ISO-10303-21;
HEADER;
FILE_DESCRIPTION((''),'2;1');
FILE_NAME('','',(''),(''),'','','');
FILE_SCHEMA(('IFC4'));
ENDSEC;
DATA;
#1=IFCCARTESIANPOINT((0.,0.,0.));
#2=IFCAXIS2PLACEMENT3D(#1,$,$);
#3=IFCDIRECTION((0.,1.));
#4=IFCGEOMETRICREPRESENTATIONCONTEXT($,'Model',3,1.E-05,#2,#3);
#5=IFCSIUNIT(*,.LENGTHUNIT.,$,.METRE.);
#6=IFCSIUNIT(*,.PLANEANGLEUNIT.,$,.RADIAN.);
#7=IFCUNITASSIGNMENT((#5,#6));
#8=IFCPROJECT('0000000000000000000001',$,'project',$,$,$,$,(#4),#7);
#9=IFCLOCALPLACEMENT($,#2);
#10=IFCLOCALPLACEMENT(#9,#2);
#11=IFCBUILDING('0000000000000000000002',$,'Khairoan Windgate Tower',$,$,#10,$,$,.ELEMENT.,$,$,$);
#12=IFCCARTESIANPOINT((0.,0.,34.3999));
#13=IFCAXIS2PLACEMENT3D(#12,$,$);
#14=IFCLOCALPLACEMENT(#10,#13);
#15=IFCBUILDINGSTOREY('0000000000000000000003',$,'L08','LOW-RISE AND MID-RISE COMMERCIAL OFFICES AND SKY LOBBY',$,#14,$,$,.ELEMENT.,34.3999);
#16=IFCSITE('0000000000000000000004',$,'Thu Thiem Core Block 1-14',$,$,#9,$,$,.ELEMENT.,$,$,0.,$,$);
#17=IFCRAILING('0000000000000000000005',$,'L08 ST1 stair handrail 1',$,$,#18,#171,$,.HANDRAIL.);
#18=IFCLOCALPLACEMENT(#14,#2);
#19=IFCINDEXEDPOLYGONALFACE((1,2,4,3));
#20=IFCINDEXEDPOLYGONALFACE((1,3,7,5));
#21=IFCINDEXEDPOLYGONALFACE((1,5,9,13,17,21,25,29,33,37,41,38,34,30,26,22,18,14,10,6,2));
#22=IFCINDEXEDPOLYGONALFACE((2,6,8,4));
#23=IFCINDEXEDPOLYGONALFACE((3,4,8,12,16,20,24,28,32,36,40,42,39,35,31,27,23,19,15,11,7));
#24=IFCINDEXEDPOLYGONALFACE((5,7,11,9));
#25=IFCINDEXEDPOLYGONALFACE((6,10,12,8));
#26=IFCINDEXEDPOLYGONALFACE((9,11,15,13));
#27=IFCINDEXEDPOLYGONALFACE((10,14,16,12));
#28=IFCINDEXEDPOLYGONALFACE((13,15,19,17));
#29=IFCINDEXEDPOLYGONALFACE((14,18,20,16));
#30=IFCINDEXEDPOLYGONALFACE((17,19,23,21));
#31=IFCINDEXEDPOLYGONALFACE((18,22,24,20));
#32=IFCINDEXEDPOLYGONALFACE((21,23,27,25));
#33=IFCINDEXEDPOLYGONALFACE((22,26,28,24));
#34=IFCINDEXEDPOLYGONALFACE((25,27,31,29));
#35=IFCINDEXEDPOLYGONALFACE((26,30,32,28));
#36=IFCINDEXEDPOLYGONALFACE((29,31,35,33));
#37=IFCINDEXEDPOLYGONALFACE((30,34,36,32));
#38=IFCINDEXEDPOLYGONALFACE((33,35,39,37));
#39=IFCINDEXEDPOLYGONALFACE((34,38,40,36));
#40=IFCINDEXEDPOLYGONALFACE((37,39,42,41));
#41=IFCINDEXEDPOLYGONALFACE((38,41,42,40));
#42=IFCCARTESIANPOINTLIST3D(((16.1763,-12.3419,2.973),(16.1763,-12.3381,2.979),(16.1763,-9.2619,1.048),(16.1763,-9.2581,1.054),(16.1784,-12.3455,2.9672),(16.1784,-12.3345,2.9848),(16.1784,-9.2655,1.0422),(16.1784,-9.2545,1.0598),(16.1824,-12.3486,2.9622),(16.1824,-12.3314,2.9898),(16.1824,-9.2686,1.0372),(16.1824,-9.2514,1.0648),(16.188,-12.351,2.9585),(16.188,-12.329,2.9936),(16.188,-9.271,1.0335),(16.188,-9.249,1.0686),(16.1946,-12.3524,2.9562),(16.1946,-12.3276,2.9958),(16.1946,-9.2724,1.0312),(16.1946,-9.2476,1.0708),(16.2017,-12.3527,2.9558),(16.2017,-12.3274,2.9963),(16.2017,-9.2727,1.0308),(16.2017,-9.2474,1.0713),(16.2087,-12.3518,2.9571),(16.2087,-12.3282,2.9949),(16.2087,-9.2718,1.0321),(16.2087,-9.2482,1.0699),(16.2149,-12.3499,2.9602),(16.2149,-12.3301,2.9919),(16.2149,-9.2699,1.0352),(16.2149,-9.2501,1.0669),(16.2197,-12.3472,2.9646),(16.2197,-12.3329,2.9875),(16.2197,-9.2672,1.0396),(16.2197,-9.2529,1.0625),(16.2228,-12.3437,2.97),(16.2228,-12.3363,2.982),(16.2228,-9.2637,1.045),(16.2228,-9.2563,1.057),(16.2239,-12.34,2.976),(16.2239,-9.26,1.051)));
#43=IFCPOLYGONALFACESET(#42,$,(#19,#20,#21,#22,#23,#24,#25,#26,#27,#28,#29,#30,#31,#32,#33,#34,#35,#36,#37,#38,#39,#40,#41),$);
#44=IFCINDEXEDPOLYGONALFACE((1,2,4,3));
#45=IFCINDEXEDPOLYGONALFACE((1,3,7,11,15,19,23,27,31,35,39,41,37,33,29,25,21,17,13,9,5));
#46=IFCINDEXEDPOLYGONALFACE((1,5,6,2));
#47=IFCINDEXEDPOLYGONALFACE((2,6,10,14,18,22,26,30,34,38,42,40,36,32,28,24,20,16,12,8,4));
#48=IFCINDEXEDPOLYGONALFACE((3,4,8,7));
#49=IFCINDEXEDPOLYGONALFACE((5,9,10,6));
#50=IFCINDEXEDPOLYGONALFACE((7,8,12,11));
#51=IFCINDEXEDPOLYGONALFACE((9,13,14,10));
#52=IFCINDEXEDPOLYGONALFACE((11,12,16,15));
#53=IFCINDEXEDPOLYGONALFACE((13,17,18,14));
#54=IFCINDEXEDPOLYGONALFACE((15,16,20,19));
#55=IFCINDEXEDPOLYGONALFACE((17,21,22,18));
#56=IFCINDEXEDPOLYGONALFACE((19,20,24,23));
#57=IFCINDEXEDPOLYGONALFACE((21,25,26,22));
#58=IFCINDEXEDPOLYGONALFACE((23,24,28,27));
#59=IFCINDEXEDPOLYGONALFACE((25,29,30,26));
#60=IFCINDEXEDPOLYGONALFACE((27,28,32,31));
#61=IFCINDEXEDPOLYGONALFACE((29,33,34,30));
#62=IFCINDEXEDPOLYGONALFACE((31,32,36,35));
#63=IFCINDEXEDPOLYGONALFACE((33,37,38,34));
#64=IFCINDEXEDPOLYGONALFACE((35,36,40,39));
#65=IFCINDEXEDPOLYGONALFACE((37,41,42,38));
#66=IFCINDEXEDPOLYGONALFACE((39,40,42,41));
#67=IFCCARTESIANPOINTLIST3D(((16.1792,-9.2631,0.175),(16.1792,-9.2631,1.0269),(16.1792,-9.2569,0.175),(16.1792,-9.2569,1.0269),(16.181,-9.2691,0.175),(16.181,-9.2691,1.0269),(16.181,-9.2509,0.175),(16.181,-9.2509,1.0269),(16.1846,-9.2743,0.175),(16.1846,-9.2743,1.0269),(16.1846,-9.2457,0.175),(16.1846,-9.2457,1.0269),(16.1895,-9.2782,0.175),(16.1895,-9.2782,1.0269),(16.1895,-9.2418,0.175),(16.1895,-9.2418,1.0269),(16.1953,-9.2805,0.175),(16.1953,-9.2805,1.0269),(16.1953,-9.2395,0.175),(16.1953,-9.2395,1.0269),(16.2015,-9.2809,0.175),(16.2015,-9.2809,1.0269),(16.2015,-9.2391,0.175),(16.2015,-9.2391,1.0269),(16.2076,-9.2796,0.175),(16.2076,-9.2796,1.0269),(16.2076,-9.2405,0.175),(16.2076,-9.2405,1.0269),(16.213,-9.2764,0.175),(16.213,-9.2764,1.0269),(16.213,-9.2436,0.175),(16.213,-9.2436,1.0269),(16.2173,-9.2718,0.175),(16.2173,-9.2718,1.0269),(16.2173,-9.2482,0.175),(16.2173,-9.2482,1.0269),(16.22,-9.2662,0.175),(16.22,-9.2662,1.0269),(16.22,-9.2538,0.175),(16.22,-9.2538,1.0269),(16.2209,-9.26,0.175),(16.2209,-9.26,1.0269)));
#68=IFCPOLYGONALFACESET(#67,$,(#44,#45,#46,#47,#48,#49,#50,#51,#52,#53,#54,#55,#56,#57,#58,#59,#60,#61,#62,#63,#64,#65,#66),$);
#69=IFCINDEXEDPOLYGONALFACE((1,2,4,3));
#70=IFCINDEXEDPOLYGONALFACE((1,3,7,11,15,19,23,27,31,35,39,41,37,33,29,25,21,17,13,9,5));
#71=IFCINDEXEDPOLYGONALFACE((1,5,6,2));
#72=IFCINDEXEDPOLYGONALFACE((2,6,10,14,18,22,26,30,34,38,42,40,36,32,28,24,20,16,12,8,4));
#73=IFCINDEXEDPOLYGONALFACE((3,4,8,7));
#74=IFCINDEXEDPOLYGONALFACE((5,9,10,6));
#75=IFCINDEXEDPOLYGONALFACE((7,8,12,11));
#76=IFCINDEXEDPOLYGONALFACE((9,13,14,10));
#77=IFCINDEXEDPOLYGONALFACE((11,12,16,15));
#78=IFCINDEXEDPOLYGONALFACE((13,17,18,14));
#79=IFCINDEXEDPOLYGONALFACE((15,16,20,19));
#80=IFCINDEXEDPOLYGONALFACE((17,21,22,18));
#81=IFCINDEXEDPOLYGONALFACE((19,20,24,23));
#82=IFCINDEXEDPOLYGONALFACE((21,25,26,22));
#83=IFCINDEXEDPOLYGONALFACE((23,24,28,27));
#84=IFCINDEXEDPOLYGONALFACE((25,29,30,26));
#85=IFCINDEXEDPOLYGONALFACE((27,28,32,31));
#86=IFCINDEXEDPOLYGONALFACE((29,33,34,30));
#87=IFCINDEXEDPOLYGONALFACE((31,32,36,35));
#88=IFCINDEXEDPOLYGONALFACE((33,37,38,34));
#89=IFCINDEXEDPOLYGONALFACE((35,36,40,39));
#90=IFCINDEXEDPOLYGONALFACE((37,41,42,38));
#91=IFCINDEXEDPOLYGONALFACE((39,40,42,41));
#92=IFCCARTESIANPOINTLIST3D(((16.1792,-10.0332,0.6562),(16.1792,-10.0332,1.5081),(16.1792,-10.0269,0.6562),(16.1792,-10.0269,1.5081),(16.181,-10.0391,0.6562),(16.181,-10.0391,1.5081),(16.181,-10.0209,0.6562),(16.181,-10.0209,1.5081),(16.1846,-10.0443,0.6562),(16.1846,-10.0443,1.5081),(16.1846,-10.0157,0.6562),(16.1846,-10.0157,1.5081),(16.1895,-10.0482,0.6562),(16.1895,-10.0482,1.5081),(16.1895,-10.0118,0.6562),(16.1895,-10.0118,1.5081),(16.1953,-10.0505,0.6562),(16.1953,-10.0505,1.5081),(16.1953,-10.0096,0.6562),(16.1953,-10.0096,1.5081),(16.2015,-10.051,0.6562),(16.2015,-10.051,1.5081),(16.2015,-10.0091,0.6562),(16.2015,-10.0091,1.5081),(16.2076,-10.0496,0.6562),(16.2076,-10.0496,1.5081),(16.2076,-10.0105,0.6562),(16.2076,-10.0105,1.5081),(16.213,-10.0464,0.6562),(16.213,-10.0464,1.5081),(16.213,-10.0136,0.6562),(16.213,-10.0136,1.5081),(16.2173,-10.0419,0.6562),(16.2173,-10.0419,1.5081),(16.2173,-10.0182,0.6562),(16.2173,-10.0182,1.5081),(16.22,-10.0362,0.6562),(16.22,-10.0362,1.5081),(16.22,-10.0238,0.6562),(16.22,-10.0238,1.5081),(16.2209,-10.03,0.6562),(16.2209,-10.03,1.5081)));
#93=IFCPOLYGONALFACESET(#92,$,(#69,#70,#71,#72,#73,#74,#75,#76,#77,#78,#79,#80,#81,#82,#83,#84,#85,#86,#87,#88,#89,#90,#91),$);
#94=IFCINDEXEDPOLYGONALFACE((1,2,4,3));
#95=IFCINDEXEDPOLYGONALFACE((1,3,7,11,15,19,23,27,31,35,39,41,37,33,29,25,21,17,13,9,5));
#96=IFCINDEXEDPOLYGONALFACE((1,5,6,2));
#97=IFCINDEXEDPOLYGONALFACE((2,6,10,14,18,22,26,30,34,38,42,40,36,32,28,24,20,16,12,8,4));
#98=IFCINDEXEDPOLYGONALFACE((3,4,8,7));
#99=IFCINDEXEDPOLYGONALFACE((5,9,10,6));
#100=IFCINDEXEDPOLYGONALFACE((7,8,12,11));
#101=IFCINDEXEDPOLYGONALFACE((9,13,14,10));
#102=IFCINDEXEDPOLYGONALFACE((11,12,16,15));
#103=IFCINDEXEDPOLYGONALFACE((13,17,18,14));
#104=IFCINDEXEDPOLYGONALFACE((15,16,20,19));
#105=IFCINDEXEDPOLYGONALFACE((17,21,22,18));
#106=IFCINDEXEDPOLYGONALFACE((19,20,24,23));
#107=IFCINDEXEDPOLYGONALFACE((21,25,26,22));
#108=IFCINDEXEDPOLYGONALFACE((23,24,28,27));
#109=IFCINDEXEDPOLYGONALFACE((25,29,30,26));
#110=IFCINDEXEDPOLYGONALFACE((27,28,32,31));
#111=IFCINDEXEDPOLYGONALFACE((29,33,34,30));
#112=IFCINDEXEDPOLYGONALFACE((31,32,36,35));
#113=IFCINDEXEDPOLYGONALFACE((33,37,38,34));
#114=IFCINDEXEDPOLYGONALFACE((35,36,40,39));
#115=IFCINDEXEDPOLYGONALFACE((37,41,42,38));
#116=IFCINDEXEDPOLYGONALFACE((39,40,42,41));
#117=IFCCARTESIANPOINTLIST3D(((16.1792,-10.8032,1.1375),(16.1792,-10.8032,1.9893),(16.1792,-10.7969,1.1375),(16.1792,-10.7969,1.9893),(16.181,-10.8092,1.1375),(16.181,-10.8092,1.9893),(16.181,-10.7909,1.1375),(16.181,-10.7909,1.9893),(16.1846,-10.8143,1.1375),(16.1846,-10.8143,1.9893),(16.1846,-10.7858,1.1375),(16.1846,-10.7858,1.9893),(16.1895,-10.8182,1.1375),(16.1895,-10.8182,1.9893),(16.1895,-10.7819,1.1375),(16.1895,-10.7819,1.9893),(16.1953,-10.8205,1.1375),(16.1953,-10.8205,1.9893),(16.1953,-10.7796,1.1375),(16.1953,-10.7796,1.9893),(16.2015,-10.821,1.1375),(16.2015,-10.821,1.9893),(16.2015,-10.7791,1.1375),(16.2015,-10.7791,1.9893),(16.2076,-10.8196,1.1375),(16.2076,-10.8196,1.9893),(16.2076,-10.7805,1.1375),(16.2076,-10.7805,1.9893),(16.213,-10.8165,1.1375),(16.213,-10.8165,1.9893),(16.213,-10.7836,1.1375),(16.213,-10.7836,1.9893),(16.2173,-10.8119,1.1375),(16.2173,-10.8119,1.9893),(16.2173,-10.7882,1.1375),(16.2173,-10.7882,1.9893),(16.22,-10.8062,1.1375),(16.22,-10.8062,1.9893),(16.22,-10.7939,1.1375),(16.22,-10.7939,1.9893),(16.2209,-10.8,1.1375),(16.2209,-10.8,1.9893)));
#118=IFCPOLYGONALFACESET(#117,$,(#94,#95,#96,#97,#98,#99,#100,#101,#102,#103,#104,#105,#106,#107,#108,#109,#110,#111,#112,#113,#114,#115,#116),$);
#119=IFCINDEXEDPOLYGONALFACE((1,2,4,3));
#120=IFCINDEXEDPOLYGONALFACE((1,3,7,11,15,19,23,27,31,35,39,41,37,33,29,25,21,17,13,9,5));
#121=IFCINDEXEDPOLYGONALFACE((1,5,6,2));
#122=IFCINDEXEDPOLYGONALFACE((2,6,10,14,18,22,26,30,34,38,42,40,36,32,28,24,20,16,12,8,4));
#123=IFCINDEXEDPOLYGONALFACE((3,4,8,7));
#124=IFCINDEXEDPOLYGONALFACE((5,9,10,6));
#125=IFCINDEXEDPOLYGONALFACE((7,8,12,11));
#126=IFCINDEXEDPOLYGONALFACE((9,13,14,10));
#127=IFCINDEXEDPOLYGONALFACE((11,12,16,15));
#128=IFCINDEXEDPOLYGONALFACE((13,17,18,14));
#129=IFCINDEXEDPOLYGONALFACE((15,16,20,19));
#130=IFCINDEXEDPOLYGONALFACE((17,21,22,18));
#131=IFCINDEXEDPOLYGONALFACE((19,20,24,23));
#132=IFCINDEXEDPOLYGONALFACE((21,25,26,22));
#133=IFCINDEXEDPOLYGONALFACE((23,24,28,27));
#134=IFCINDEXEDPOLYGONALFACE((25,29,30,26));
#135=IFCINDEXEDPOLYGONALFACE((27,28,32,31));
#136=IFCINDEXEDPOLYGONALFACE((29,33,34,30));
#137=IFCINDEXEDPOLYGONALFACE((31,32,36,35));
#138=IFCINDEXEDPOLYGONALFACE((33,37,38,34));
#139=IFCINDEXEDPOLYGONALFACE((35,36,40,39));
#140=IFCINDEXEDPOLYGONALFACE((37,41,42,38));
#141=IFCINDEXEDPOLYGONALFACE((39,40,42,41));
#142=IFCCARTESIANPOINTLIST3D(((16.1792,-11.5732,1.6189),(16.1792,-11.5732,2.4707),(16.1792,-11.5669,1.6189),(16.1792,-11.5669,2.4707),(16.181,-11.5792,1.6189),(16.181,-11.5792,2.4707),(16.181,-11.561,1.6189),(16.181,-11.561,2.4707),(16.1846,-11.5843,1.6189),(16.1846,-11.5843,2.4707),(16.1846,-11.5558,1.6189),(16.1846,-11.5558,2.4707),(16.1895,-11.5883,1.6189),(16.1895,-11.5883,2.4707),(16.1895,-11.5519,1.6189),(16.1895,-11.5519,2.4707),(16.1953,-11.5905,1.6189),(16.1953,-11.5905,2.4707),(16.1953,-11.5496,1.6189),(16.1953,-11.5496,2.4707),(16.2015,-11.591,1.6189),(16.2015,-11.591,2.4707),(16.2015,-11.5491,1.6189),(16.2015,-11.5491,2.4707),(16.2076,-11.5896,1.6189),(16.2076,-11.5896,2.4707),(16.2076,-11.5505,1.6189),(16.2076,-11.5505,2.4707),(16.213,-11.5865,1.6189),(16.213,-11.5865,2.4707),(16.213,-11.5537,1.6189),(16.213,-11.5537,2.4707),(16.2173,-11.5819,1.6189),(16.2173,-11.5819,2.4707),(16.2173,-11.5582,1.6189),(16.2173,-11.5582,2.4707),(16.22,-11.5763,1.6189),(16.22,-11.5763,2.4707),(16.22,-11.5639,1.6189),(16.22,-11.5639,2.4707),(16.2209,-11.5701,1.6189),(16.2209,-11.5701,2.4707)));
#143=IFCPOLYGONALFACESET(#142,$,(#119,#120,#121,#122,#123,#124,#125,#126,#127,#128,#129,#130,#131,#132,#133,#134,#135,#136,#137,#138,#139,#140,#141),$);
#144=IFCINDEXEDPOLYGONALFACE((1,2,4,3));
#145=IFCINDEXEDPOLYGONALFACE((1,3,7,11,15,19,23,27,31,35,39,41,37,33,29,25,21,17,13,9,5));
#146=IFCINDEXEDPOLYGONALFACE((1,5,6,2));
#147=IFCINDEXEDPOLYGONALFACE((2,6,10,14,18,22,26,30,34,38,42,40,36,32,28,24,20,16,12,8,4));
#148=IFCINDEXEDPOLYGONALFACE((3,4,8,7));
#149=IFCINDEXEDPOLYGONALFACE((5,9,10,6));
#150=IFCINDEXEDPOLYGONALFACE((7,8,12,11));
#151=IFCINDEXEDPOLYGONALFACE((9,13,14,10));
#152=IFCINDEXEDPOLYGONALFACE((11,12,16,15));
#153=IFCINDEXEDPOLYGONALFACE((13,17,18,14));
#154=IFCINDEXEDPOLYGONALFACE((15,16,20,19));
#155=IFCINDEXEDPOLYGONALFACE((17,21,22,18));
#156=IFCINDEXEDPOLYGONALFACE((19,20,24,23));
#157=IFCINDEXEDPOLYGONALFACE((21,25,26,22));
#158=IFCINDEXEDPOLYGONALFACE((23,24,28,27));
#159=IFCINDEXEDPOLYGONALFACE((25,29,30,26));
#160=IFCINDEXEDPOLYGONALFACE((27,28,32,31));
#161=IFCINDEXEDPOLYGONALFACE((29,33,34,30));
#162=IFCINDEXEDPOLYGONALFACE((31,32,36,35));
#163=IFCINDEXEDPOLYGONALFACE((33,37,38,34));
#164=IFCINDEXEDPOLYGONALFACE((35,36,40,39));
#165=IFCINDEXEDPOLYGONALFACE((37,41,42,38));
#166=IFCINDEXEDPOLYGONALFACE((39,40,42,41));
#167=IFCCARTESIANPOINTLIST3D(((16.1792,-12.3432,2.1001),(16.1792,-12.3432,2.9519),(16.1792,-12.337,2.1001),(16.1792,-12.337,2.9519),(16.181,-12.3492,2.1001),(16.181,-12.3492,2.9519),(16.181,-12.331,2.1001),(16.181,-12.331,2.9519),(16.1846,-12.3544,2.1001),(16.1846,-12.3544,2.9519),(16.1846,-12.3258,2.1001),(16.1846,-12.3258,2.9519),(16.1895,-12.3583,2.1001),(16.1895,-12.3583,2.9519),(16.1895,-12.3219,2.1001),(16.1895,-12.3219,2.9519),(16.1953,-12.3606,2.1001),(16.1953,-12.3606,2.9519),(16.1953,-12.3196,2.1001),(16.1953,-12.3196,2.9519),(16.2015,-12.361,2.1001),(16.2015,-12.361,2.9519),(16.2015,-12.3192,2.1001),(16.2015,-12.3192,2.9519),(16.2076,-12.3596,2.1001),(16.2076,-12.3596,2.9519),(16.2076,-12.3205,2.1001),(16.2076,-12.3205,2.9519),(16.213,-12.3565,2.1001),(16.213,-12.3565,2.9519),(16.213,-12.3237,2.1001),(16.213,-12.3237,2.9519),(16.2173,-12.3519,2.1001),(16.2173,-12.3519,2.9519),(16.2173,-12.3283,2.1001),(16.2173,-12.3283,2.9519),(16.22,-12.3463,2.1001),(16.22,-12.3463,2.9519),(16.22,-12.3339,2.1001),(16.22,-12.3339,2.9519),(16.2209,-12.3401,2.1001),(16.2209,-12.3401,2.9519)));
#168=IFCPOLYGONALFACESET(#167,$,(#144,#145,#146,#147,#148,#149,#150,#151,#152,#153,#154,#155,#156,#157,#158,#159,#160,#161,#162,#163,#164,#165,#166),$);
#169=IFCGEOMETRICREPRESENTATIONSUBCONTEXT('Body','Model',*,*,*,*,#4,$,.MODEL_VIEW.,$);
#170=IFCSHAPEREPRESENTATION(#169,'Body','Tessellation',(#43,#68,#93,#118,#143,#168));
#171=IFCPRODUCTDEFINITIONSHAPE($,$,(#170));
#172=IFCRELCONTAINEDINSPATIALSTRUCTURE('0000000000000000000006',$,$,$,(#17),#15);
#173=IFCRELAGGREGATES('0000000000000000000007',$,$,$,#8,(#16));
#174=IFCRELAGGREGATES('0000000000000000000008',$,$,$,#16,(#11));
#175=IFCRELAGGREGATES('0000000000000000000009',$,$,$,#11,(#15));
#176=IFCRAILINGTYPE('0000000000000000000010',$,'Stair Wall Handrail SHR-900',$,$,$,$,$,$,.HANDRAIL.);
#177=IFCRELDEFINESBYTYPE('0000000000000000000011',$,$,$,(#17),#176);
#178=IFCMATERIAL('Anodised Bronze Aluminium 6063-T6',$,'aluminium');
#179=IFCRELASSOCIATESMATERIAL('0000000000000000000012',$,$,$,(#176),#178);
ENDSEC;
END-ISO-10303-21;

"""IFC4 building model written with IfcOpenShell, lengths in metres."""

from ifc_helpers import new_model, si_unit, direction, frame, origin, origin_2d, place, context, subcontext, project, spatial, circle, extrude, material, type_object, element, save


model = new_model("IFC4")

# Units and contexts
model_context = context("Model", 3, precision=1e-05, world=origin(), true_north=direction((0.0, 1.0)))
body_context = subcontext(model_context, "Body", "Model", "MODEL_VIEW")
ifc_project = project(units=[si_unit("LENGTHUNIT", "METRE"), si_unit("PLANEANGLEUNIT", "RADIAN")], contexts=[model_context])

# Site, building, storey
site_placement = place(None, origin())
site = spatial("IfcSite", under=ifc_project, at=site_placement, Name="Thu Thiem Core Block 1-14", CompositionType="ELEMENT", RefElevation=0.0)
building_placement = place(site_placement, origin())
building = spatial("IfcBuilding", under=site, at=building_placement, Name="Khairoan Windgate Tower", CompositionType="ELEMENT")
storey_placement = place(building_placement, frame((0.0, 0.0, 34.3999)))
storey = spatial("IfcBuildingStorey", under=building, at=storey_placement, Name="L08", Description="LOW-RISE AND MID-RISE COMMERCIAL OFFICES AND SKY LOBBY", CompositionType="ELEMENT", Elevation=34.3999)

# Railing
ifc_material_1 = material(Name="Anodised Bronze Aluminium 6063-T6", Category="aluminium")
railing_type_1 = type_object("IfcRailingType", Name="Stair Wall Handrail SHR-900", PredefinedType="HANDRAIL", material=ifc_material_1)
railing_1_placement = place(storey_placement, frame((16.2, -9.26, 0.175)))
element("IfcRailing", 1, at=railing_1_placement, inside=storey, type_object=railing_type_1, Name="L08 ST1 stair handrail 1", PredefinedType="HANDRAIL", context=body_context, shape_type="SweptSolid", body=[
    extrude(circle(Radius=0.0239, at=origin_2d()), frame((0.0, 0.0, 0.876), z_axis=(0.0, -0.847998, 0.529999), x_axis=(1.0, 0.0, 0.0)), (0.0, 0.0, 1.0), 3.6321),
    extrude(circle(Radius=0.021, at=origin_2d()), origin(), (0.0, 0.0, 1.0), 0.8518),
    extrude(circle(Radius=0.021, at=origin_2d()), frame((0.0, -0.77, 0.4812)), (0.0, 0.0, 1.0), 0.8518),
    extrude(circle(Radius=0.021, at=origin_2d()), frame((0.0, -1.54, 0.9624)), (0.0, 0.0, 1.0), 0.8518),
    extrude(circle(Radius=0.021, at=origin_2d()), frame((0.0, -2.3101, 1.4438)), (0.0, 0.0, 1.0), 0.8518),
    extrude(circle(Radius=0.021, at=origin_2d()), frame((0.0, -3.0801, 1.925)), (0.0, 0.0, 1.0), 0.8518),
])

save(model, "model.ifc")
